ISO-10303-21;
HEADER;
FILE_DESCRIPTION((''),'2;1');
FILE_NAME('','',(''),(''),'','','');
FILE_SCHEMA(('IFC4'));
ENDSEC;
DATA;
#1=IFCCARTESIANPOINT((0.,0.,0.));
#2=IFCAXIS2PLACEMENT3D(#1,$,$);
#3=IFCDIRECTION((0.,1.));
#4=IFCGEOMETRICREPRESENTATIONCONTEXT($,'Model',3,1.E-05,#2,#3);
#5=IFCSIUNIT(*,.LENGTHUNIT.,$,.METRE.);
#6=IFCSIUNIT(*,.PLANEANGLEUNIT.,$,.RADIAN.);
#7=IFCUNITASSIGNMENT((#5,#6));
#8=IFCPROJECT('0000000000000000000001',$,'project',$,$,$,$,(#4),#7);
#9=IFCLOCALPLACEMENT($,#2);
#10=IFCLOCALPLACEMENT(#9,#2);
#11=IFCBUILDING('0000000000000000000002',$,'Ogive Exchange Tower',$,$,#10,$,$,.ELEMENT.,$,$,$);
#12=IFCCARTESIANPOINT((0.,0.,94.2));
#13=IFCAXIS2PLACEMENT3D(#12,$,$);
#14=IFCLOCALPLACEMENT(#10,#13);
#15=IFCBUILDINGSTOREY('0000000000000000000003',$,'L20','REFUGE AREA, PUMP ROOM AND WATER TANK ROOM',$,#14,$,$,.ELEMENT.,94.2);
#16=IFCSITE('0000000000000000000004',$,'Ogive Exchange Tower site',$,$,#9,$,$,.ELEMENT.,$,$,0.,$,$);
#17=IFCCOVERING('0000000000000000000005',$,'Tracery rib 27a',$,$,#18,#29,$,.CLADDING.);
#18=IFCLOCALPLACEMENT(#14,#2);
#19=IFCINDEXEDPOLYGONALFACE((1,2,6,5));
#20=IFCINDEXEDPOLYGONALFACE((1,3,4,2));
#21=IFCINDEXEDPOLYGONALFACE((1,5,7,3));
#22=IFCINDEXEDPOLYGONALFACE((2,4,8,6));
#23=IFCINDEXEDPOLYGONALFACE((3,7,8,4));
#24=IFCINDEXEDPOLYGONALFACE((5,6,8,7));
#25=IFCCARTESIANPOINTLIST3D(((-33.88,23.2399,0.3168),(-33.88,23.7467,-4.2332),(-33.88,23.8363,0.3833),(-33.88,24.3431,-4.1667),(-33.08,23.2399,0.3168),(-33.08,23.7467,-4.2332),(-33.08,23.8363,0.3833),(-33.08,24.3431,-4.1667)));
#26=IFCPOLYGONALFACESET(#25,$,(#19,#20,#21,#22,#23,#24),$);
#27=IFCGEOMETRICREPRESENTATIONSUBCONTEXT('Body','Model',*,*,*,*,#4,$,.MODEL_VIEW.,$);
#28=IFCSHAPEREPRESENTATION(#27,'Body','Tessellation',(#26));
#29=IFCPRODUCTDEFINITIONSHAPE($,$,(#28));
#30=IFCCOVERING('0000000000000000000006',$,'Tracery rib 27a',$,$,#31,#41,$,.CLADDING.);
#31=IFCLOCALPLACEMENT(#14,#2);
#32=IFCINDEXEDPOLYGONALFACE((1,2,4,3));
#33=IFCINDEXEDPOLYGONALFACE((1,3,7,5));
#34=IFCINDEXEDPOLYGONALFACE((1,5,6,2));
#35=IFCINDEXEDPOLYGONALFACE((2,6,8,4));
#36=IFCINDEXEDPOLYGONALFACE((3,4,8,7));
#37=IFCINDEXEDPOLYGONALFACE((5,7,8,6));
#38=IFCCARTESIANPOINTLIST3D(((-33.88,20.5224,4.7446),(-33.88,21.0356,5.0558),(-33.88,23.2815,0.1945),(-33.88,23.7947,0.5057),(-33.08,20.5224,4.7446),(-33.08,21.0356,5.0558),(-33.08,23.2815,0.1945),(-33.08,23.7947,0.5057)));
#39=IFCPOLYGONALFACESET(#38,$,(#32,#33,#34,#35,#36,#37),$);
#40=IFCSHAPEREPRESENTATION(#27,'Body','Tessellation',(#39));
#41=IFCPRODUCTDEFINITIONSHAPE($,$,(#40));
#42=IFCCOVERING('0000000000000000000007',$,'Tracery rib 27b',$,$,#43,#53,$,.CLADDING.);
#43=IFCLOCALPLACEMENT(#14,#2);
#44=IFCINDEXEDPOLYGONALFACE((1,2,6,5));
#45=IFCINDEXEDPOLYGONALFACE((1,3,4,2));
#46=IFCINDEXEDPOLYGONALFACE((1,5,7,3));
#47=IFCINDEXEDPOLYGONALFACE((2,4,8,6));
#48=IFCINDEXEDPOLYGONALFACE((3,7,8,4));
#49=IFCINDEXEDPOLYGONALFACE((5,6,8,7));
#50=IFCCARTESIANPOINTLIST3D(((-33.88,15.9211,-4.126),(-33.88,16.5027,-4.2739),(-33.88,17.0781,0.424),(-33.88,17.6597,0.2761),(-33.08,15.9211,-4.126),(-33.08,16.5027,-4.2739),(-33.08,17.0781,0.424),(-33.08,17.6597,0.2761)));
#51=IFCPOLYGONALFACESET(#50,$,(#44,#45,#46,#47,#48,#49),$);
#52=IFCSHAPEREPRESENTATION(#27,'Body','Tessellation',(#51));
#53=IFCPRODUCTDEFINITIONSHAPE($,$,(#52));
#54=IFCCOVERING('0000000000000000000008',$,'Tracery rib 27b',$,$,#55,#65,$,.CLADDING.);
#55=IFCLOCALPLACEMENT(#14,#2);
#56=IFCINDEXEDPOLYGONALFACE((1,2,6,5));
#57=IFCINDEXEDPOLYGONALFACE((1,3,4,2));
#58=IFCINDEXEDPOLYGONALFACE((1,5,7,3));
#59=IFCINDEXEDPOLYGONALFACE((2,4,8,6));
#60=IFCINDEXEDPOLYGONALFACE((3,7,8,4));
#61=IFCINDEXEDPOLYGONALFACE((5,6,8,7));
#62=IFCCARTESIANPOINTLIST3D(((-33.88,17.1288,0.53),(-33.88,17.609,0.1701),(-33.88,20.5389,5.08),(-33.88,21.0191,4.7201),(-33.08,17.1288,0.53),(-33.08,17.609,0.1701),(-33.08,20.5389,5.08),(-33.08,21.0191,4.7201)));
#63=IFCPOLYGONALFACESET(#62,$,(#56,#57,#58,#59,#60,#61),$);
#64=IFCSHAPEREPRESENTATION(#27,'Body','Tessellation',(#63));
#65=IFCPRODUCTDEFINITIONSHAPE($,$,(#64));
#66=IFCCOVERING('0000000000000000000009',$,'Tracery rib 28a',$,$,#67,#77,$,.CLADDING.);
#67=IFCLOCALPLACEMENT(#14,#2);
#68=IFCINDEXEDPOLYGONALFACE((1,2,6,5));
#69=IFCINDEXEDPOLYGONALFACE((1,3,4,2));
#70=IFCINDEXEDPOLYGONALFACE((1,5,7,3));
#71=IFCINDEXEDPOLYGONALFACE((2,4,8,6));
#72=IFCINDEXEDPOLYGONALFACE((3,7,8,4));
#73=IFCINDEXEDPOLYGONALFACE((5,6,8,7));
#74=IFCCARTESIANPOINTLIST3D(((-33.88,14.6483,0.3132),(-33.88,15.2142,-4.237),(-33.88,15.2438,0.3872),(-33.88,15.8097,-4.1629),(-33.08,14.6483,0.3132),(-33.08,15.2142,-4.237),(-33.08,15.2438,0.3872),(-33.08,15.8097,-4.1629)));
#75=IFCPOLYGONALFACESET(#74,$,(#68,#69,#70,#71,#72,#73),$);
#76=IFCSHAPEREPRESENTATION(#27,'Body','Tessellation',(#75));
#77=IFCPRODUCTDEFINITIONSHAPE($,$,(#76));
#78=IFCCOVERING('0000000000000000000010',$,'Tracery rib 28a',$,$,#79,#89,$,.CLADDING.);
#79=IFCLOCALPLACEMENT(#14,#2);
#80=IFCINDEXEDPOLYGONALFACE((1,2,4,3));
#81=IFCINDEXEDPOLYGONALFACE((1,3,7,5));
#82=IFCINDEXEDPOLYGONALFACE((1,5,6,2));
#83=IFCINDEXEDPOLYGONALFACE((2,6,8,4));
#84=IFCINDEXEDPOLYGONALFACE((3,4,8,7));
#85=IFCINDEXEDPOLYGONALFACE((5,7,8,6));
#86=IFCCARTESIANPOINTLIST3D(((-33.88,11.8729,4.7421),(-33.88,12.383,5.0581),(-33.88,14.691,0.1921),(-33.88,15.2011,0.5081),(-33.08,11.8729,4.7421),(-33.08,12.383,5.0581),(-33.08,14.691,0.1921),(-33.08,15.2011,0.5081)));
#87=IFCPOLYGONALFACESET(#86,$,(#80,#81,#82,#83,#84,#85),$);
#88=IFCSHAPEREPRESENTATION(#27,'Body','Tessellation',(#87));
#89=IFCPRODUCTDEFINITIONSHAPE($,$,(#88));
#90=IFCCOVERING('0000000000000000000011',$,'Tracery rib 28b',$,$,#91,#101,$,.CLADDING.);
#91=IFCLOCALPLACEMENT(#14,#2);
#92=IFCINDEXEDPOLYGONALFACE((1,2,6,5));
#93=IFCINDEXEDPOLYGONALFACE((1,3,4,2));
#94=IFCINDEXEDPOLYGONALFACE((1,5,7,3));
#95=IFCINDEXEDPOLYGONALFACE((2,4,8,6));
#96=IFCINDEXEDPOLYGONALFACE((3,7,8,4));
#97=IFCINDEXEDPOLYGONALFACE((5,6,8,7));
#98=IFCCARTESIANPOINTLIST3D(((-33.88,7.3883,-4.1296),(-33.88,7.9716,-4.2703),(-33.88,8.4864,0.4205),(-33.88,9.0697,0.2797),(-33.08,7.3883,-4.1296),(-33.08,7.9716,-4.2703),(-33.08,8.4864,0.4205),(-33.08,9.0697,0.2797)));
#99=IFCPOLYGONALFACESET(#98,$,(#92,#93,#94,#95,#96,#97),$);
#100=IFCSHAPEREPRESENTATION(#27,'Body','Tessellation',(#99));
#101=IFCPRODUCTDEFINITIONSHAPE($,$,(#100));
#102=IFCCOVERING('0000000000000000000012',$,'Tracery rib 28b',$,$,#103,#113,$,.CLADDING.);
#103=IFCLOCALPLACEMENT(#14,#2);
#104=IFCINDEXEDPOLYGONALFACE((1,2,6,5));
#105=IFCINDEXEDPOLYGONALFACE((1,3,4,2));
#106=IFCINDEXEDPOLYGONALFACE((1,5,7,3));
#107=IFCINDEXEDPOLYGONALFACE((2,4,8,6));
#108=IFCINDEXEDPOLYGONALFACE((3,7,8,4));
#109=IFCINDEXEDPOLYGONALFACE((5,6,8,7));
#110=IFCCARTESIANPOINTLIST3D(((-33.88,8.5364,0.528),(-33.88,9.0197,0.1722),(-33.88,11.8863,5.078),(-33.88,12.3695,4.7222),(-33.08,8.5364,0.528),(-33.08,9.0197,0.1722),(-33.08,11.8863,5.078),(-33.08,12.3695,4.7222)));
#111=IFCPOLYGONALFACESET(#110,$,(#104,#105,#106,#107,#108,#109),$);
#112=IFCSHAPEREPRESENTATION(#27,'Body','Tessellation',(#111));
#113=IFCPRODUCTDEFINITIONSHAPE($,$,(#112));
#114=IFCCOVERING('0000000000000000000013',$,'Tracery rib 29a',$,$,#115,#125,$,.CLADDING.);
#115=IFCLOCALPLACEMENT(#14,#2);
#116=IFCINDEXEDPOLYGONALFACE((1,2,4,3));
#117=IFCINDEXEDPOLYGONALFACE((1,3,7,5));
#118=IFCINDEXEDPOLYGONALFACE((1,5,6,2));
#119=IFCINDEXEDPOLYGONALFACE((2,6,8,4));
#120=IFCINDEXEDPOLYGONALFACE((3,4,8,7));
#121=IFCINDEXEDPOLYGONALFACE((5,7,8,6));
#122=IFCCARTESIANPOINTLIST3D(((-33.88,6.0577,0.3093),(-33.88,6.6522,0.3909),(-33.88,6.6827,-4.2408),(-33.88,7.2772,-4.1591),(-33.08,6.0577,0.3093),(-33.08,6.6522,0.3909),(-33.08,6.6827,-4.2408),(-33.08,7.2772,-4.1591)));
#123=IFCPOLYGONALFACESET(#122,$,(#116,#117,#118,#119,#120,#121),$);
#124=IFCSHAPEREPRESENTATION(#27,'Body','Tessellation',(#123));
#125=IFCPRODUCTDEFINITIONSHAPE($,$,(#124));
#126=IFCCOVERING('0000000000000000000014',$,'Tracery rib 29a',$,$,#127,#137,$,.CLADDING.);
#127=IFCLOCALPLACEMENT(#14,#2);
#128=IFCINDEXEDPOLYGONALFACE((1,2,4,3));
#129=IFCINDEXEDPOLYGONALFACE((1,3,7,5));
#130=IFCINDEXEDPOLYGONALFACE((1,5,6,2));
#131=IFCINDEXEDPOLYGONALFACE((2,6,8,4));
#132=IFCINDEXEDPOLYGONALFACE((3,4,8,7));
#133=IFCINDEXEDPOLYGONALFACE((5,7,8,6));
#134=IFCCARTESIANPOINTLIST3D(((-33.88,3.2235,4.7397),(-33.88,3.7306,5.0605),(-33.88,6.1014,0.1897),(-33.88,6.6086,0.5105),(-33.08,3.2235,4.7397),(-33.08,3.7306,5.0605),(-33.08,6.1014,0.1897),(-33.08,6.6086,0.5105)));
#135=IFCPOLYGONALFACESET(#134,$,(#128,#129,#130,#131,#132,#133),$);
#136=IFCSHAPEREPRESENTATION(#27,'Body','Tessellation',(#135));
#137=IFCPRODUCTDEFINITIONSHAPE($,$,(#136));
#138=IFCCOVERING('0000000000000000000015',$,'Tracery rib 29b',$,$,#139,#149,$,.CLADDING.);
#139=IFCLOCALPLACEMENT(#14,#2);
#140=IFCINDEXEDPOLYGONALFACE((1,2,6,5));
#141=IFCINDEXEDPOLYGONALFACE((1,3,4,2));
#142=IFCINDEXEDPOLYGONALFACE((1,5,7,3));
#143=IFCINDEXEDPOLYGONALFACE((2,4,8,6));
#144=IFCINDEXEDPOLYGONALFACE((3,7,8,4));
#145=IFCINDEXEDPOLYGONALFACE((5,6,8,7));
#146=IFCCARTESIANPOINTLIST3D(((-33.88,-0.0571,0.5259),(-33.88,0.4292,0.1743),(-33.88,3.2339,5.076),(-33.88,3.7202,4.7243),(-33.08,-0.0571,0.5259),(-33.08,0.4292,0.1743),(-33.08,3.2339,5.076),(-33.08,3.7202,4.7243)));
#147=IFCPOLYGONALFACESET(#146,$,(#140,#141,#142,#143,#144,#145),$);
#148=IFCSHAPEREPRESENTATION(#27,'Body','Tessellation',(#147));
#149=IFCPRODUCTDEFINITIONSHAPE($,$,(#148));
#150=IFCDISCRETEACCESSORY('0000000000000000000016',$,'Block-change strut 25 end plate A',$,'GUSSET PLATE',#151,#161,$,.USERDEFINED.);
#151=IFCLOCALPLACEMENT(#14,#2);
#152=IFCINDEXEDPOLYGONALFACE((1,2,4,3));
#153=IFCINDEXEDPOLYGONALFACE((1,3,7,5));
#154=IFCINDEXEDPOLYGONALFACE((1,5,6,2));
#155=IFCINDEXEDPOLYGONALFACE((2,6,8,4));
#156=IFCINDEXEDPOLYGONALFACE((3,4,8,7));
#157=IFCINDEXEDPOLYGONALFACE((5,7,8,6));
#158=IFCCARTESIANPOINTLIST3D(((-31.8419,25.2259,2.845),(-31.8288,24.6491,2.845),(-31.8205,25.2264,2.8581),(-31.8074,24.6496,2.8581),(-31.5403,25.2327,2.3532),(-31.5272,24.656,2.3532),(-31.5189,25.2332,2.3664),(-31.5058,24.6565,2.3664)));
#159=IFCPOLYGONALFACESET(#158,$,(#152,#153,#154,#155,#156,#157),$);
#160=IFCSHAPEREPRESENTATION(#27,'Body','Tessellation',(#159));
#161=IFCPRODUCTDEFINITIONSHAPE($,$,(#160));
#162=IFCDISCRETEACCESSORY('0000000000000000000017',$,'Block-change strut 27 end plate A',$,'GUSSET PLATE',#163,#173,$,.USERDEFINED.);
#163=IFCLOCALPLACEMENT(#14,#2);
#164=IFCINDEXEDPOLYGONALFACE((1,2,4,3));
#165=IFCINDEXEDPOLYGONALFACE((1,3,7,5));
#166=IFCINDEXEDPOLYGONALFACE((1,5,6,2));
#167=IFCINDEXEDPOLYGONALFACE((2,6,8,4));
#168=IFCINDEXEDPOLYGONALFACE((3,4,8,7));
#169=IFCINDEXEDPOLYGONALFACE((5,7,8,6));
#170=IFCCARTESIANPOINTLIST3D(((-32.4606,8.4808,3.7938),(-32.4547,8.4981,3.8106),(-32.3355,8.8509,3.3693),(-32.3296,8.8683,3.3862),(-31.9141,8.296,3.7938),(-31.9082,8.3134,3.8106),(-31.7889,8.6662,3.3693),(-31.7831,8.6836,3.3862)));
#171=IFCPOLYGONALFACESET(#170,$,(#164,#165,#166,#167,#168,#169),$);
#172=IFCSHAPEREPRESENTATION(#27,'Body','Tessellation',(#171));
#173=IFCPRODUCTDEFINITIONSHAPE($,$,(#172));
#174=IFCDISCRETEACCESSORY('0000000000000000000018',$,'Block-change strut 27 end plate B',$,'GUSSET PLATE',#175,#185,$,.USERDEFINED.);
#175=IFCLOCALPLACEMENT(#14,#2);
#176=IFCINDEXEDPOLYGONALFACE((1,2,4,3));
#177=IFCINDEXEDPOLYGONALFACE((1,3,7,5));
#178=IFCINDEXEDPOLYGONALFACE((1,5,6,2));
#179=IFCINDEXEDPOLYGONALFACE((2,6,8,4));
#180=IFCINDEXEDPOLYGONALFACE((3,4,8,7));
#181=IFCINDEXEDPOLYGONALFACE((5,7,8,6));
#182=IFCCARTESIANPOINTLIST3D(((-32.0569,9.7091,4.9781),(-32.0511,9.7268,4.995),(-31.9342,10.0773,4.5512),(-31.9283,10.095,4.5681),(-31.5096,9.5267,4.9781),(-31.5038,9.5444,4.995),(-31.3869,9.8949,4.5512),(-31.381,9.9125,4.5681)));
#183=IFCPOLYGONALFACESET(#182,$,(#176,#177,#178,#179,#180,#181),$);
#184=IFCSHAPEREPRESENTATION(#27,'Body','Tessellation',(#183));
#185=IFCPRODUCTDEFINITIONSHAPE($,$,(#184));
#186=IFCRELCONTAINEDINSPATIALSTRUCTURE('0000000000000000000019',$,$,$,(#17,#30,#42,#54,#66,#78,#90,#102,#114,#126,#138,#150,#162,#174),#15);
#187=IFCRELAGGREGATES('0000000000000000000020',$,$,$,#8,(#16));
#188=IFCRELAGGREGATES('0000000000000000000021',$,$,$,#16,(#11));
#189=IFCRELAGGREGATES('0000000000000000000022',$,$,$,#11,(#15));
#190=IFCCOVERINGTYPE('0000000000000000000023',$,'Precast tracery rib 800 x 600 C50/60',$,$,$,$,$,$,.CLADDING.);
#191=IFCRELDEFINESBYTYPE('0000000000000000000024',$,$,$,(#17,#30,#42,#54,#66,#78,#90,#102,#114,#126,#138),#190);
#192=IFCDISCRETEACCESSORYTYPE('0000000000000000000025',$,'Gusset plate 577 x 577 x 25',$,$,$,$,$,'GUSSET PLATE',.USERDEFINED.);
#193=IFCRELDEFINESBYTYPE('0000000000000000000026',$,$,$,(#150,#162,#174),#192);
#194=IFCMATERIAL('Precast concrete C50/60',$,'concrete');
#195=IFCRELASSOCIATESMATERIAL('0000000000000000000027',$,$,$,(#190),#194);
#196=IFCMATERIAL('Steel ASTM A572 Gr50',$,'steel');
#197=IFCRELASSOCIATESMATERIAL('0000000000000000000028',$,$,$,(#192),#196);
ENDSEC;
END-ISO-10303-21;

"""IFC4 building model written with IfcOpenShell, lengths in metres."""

from ifc_helpers import new_model, si_unit, direction, frame, origin, origin_2d, place, context, subcontext, project, spatial, rectangle, extrude, material, material_profile, profile_set, type_object, element, save


model = new_model("IFC4")

# Units and contexts
model_context = context("Model", 3, precision=1e-05, world=origin(), true_north=direction((0.0, 1.0)))
body_context = subcontext(model_context, "Body", "Model", "MODEL_VIEW")
ifc_project = project(units=[si_unit("LENGTHUNIT", "METRE"), si_unit("PLANEANGLEUNIT", "RADIAN")], contexts=[model_context])

# Site, building, storey
site_placement = place(None, origin())
site = spatial("IfcSite", under=ifc_project, at=site_placement, Name="Ogive Exchange Tower site", CompositionType="ELEMENT", RefElevation=0.0)
building_placement = place(site_placement, origin())
building = spatial("IfcBuilding", under=site, at=building_placement, Name="Ogive Exchange Tower", CompositionType="ELEMENT")
storey_placement = place(building_placement, frame((0.0, 0.0, 94.2)))
storey = spatial("IfcBuildingStorey", under=building, at=storey_placement, Name="L20", Description="REFUGE AREA, PUMP ROOM AND WATER TANK ROOM", CompositionType="ELEMENT", Elevation=94.2)

# Coverings
ifc_material_1 = material(Name="Precast concrete C50/60", Category="concrete")
ifc_material_profile_1 = material_profile(ifc_material_1, rectangle(XDim=0.8, YDim=0.6001, at=origin_2d()), Name="RIB 800 x 600")
ifc_profile_set_1 = profile_set([ifc_material_profile_1], Name="Precast concrete C50/60")
covering_type = type_object("IfcCoveringType", Name="Precast tracery rib 800 x 600 C50/60", PredefinedType="CLADDING", material=ifc_profile_set_1)
covering_1_placement = place(storey_placement, frame((-33.48, 24.0449, -4.2), z_axis=(0.0, -0.110707, 0.993853), x_axis=(1.0, 0.0, 0.0)))
element("IfcCovering", 1, at=covering_1_placement, inside=storey, type_object=covering_type, Name="Tracery rib 27a", PredefinedType="CLADDING", context=body_context, shape_type="SweptSolid", body=[
    extrude(rectangle(XDim=0.8, YDim=0.6001, at=origin_2d()), origin(), (0.0, 0.0, 1.0), 4.5781),
])
covering_2_placement = place(storey_placement, frame((-33.48, 23.5381, 0.3501), z_axis=(0.0, -0.518498, 0.855079), x_axis=(1.0, 0.0, 0.0)))
element("IfcCovering", 2, at=covering_2_placement, inside=storey, type_object=covering_type, Name="Tracery rib 27a", PredefinedType="CLADDING", context=body_context, shape_type="SweptSolid", body=[
    extrude(rectangle(XDim=0.8, YDim=0.6001, at=origin_2d()), origin(), (0.0, 0.0, 1.0), 5.3213),
])
covering_3_placement = place(storey_placement, frame((-33.48, 16.2119, -4.2), z_axis=(0.0, 0.246437, 0.969159), x_axis=(-1.0, 0.0, 0.0)))
element("IfcCovering", 3, at=covering_3_placement, inside=storey, type_object=covering_type, Name="Tracery rib 27b", PredefinedType="CLADDING", context=body_context, shape_type="SweptSolid", body=[
    extrude(rectangle(XDim=0.8, YDim=0.6001, at=origin_2d()), origin(), (0.0, 0.0, 1.0), 4.6948),
])
covering_4_placement = place(storey_placement, frame((-33.48, 17.3689, 0.3501), z_axis=(0.0, 0.599732, 0.800201), x_axis=(-1.0, 0.0, 0.0)))
element("IfcCovering", 4, at=covering_4_placement, inside=storey, type_object=covering_type, Name="Tracery rib 27b", PredefinedType="CLADDING", context=body_context, shape_type="SweptSolid", body=[
    extrude(rectangle(XDim=0.8, YDim=0.6001, at=origin_2d()), origin(), (0.0, 0.0, 1.0), 5.686),
])
covering_5_placement = place(storey_placement, frame((-33.48, 15.512, -4.2), z_axis=(0.0, -0.123425, 0.992354), x_axis=(1.0, 0.0, 0.0)))
element("IfcCovering", 5, at=covering_5_placement, inside=storey, type_object=covering_type, Name="Tracery rib 28a", PredefinedType="CLADDING", context=body_context, shape_type="SweptSolid", body=[
    extrude(rectangle(XDim=0.8, YDim=0.6001, at=origin_2d()), origin(), (0.0, 0.0, 1.0), 4.5852),
])
covering_6_placement = place(storey_placement, frame((-33.48, 14.946, 0.3501), z_axis=(0.0, -0.526546, 0.850147), x_axis=(1.0, 0.0, 0.0)))
element("IfcCovering", 6, at=covering_6_placement, inside=storey, type_object=covering_type, Name="Tracery rib 28a", PredefinedType="CLADDING", context=body_context, shape_type="SweptSolid", body=[
    extrude(rectangle(XDim=0.8, YDim=0.6001, at=origin_2d()), origin(), (0.0, 0.0, 1.0), 5.3521),
])
covering_7_placement = place(storey_placement, frame((-33.48, 7.6799, -4.2), z_axis=(0.0, 0.234612, 0.972089), x_axis=(-1.0, 0.0, 0.0)))
element("IfcCovering", 7, at=covering_7_placement, inside=storey, type_object=covering_type, Name="Tracery rib 28b", PredefinedType="CLADDING", context=body_context, shape_type="SweptSolid", body=[
    extrude(rectangle(XDim=0.8, YDim=0.6001, at=origin_2d()), origin(), (0.0, 0.0, 1.0), 4.6807),
])
covering_8_placement = place(storey_placement, frame((-33.48, 8.7781, 0.3501), z_axis=(0.0, 0.592876, 0.805294), x_axis=(-1.0, 0.0, 0.0)))
element("IfcCovering", 8, at=covering_8_placement, inside=storey, type_object=covering_type, Name="Tracery rib 28b", PredefinedType="CLADDING", context=body_context, shape_type="SweptSolid", body=[
    extrude(rectangle(XDim=0.8, YDim=0.6001, at=origin_2d()), origin(), (0.0, 0.0, 1.0), 5.6501),
])
covering_9_placement = place(storey_placement, frame((-33.48, 6.98, -4.2), z_axis=(0.0, -0.136083, 0.990697), x_axis=(1.0, 0.0, 0.0)))
element("IfcCovering", 9, at=covering_9_placement, inside=storey, type_object=covering_type, Name="Tracery rib 29a", PredefinedType="CLADDING", context=body_context, shape_type="SweptSolid", body=[
    extrude(rectangle(XDim=0.8, YDim=0.6001, at=origin_2d()), origin(), (0.0, 0.0, 1.0), 4.5928),
])
covering_10_placement = place(storey_placement, frame((-33.48, 6.355, 0.3501), z_axis=(0.0, -0.534552, 0.845135), x_axis=(1.0, 0.0, 0.0)))
element("IfcCovering", 10, at=covering_10_placement, inside=storey, type_object=covering_type, Name="Tracery rib 29a", PredefinedType="CLADDING", context=body_context, shape_type="SweptSolid", body=[
    extrude(rectangle(XDim=0.8, YDim=0.6001, at=origin_2d()), origin(), (0.0, 0.0, 1.0), 5.3838),
])
covering_11_placement = place(storey_placement, frame((-33.48, 0.186, 0.3501), z_axis=(0.0, 0.58606, 0.810267), x_axis=(-1.0, 0.0, 0.0)))
element("IfcCovering", 11, at=covering_11_placement, inside=storey, type_object=covering_type, Name="Tracery rib 29b", PredefinedType="CLADDING", context=body_context, shape_type="SweptSolid", body=[
    extrude(rectangle(XDim=0.8, YDim=0.6001, at=origin_2d()), origin(), (0.0, 0.0, 1.0), 5.6155),
])

# Discrete accessories
ifc_material_2 = material(Name="Steel ASTM A572 Gr50", Category="steel")
ifc_material_profile_2 = material_profile(ifc_material_2, rectangle(XDim=0.5769, YDim=0.5769, at=origin_2d()), Name="PL 577 x 577 x 25")
ifc_profile_set_2 = profile_set([ifc_material_profile_2], Name="Steel ASTM A572 Gr50")
discrete_accessory_type_1 = type_object("IfcDiscreteAccessoryType", Name="Gusset plate 577 x 577 x 25", ElementType="GUSSET PLATE", PredefinedType="USERDEFINED", material=ifc_profile_set_2)
discrete_accessory_1_placement = place(storey_placement, frame((-31.6846, 24.9409, 2.5991), z_axis=(0.852163, 0.019367, 0.522918), x_axis=(-0.022721, 0.999742, 0.0)))
element("IfcDiscreteAccessory", 12, at=discrete_accessory_1_placement, inside=storey, type_object=discrete_accessory_type_1, Name="Block-change strut 25 end plate A", ObjectType="GUSSET PLATE", PredefinedType="USERDEFINED", context=body_context, shape_type="SweptSolid", body=[
    extrude(rectangle(XDim=0.5769, YDim=0.5769, at=origin_2d()), origin(), (0.0, 0.0, 1.0), 0.0251),
])
discrete_accessory_2_placement = place(storey_placement, frame((-32.1248, 8.5735, 3.5815), z_axis=(0.235589, 0.69695, 0.677317), x_axis=(-0.947341, 0.320228, 0.0)))
element("IfcDiscreteAccessory", 13, at=discrete_accessory_2_placement, inside=storey, type_object=discrete_accessory_type_1, Name="Block-change strut 27 end plate A", ObjectType="GUSSET PLATE", PredefinedType="USERDEFINED", context=body_context, shape_type="SweptSolid", body=[
    extrude(rectangle(XDim=0.5769, YDim=0.5769, at=origin_2d()), origin(), (0.0, 0.0, 1.0), 0.0249),
])
discrete_accessory_3_placement = place(storey_placement, frame((-31.7219, 9.802, 4.7646), z_axis=(0.233982, 0.701946, 0.672699), x_axis=(-0.948683, 0.316228, 0.0)))
element("IfcDiscreteAccessory", 14, at=discrete_accessory_3_placement, inside=storey, type_object=discrete_accessory_type_1, Name="Block-change strut 27 end plate B", ObjectType="GUSSET PLATE", PredefinedType="USERDEFINED", context=body_context, shape_type="SweptSolid", body=[
    extrude(rectangle(XDim=0.5769, YDim=0.5769, at=origin_2d()), origin(), (0.0, 0.0, 1.0), 0.0251),
])

save(model, "model.ifc")
